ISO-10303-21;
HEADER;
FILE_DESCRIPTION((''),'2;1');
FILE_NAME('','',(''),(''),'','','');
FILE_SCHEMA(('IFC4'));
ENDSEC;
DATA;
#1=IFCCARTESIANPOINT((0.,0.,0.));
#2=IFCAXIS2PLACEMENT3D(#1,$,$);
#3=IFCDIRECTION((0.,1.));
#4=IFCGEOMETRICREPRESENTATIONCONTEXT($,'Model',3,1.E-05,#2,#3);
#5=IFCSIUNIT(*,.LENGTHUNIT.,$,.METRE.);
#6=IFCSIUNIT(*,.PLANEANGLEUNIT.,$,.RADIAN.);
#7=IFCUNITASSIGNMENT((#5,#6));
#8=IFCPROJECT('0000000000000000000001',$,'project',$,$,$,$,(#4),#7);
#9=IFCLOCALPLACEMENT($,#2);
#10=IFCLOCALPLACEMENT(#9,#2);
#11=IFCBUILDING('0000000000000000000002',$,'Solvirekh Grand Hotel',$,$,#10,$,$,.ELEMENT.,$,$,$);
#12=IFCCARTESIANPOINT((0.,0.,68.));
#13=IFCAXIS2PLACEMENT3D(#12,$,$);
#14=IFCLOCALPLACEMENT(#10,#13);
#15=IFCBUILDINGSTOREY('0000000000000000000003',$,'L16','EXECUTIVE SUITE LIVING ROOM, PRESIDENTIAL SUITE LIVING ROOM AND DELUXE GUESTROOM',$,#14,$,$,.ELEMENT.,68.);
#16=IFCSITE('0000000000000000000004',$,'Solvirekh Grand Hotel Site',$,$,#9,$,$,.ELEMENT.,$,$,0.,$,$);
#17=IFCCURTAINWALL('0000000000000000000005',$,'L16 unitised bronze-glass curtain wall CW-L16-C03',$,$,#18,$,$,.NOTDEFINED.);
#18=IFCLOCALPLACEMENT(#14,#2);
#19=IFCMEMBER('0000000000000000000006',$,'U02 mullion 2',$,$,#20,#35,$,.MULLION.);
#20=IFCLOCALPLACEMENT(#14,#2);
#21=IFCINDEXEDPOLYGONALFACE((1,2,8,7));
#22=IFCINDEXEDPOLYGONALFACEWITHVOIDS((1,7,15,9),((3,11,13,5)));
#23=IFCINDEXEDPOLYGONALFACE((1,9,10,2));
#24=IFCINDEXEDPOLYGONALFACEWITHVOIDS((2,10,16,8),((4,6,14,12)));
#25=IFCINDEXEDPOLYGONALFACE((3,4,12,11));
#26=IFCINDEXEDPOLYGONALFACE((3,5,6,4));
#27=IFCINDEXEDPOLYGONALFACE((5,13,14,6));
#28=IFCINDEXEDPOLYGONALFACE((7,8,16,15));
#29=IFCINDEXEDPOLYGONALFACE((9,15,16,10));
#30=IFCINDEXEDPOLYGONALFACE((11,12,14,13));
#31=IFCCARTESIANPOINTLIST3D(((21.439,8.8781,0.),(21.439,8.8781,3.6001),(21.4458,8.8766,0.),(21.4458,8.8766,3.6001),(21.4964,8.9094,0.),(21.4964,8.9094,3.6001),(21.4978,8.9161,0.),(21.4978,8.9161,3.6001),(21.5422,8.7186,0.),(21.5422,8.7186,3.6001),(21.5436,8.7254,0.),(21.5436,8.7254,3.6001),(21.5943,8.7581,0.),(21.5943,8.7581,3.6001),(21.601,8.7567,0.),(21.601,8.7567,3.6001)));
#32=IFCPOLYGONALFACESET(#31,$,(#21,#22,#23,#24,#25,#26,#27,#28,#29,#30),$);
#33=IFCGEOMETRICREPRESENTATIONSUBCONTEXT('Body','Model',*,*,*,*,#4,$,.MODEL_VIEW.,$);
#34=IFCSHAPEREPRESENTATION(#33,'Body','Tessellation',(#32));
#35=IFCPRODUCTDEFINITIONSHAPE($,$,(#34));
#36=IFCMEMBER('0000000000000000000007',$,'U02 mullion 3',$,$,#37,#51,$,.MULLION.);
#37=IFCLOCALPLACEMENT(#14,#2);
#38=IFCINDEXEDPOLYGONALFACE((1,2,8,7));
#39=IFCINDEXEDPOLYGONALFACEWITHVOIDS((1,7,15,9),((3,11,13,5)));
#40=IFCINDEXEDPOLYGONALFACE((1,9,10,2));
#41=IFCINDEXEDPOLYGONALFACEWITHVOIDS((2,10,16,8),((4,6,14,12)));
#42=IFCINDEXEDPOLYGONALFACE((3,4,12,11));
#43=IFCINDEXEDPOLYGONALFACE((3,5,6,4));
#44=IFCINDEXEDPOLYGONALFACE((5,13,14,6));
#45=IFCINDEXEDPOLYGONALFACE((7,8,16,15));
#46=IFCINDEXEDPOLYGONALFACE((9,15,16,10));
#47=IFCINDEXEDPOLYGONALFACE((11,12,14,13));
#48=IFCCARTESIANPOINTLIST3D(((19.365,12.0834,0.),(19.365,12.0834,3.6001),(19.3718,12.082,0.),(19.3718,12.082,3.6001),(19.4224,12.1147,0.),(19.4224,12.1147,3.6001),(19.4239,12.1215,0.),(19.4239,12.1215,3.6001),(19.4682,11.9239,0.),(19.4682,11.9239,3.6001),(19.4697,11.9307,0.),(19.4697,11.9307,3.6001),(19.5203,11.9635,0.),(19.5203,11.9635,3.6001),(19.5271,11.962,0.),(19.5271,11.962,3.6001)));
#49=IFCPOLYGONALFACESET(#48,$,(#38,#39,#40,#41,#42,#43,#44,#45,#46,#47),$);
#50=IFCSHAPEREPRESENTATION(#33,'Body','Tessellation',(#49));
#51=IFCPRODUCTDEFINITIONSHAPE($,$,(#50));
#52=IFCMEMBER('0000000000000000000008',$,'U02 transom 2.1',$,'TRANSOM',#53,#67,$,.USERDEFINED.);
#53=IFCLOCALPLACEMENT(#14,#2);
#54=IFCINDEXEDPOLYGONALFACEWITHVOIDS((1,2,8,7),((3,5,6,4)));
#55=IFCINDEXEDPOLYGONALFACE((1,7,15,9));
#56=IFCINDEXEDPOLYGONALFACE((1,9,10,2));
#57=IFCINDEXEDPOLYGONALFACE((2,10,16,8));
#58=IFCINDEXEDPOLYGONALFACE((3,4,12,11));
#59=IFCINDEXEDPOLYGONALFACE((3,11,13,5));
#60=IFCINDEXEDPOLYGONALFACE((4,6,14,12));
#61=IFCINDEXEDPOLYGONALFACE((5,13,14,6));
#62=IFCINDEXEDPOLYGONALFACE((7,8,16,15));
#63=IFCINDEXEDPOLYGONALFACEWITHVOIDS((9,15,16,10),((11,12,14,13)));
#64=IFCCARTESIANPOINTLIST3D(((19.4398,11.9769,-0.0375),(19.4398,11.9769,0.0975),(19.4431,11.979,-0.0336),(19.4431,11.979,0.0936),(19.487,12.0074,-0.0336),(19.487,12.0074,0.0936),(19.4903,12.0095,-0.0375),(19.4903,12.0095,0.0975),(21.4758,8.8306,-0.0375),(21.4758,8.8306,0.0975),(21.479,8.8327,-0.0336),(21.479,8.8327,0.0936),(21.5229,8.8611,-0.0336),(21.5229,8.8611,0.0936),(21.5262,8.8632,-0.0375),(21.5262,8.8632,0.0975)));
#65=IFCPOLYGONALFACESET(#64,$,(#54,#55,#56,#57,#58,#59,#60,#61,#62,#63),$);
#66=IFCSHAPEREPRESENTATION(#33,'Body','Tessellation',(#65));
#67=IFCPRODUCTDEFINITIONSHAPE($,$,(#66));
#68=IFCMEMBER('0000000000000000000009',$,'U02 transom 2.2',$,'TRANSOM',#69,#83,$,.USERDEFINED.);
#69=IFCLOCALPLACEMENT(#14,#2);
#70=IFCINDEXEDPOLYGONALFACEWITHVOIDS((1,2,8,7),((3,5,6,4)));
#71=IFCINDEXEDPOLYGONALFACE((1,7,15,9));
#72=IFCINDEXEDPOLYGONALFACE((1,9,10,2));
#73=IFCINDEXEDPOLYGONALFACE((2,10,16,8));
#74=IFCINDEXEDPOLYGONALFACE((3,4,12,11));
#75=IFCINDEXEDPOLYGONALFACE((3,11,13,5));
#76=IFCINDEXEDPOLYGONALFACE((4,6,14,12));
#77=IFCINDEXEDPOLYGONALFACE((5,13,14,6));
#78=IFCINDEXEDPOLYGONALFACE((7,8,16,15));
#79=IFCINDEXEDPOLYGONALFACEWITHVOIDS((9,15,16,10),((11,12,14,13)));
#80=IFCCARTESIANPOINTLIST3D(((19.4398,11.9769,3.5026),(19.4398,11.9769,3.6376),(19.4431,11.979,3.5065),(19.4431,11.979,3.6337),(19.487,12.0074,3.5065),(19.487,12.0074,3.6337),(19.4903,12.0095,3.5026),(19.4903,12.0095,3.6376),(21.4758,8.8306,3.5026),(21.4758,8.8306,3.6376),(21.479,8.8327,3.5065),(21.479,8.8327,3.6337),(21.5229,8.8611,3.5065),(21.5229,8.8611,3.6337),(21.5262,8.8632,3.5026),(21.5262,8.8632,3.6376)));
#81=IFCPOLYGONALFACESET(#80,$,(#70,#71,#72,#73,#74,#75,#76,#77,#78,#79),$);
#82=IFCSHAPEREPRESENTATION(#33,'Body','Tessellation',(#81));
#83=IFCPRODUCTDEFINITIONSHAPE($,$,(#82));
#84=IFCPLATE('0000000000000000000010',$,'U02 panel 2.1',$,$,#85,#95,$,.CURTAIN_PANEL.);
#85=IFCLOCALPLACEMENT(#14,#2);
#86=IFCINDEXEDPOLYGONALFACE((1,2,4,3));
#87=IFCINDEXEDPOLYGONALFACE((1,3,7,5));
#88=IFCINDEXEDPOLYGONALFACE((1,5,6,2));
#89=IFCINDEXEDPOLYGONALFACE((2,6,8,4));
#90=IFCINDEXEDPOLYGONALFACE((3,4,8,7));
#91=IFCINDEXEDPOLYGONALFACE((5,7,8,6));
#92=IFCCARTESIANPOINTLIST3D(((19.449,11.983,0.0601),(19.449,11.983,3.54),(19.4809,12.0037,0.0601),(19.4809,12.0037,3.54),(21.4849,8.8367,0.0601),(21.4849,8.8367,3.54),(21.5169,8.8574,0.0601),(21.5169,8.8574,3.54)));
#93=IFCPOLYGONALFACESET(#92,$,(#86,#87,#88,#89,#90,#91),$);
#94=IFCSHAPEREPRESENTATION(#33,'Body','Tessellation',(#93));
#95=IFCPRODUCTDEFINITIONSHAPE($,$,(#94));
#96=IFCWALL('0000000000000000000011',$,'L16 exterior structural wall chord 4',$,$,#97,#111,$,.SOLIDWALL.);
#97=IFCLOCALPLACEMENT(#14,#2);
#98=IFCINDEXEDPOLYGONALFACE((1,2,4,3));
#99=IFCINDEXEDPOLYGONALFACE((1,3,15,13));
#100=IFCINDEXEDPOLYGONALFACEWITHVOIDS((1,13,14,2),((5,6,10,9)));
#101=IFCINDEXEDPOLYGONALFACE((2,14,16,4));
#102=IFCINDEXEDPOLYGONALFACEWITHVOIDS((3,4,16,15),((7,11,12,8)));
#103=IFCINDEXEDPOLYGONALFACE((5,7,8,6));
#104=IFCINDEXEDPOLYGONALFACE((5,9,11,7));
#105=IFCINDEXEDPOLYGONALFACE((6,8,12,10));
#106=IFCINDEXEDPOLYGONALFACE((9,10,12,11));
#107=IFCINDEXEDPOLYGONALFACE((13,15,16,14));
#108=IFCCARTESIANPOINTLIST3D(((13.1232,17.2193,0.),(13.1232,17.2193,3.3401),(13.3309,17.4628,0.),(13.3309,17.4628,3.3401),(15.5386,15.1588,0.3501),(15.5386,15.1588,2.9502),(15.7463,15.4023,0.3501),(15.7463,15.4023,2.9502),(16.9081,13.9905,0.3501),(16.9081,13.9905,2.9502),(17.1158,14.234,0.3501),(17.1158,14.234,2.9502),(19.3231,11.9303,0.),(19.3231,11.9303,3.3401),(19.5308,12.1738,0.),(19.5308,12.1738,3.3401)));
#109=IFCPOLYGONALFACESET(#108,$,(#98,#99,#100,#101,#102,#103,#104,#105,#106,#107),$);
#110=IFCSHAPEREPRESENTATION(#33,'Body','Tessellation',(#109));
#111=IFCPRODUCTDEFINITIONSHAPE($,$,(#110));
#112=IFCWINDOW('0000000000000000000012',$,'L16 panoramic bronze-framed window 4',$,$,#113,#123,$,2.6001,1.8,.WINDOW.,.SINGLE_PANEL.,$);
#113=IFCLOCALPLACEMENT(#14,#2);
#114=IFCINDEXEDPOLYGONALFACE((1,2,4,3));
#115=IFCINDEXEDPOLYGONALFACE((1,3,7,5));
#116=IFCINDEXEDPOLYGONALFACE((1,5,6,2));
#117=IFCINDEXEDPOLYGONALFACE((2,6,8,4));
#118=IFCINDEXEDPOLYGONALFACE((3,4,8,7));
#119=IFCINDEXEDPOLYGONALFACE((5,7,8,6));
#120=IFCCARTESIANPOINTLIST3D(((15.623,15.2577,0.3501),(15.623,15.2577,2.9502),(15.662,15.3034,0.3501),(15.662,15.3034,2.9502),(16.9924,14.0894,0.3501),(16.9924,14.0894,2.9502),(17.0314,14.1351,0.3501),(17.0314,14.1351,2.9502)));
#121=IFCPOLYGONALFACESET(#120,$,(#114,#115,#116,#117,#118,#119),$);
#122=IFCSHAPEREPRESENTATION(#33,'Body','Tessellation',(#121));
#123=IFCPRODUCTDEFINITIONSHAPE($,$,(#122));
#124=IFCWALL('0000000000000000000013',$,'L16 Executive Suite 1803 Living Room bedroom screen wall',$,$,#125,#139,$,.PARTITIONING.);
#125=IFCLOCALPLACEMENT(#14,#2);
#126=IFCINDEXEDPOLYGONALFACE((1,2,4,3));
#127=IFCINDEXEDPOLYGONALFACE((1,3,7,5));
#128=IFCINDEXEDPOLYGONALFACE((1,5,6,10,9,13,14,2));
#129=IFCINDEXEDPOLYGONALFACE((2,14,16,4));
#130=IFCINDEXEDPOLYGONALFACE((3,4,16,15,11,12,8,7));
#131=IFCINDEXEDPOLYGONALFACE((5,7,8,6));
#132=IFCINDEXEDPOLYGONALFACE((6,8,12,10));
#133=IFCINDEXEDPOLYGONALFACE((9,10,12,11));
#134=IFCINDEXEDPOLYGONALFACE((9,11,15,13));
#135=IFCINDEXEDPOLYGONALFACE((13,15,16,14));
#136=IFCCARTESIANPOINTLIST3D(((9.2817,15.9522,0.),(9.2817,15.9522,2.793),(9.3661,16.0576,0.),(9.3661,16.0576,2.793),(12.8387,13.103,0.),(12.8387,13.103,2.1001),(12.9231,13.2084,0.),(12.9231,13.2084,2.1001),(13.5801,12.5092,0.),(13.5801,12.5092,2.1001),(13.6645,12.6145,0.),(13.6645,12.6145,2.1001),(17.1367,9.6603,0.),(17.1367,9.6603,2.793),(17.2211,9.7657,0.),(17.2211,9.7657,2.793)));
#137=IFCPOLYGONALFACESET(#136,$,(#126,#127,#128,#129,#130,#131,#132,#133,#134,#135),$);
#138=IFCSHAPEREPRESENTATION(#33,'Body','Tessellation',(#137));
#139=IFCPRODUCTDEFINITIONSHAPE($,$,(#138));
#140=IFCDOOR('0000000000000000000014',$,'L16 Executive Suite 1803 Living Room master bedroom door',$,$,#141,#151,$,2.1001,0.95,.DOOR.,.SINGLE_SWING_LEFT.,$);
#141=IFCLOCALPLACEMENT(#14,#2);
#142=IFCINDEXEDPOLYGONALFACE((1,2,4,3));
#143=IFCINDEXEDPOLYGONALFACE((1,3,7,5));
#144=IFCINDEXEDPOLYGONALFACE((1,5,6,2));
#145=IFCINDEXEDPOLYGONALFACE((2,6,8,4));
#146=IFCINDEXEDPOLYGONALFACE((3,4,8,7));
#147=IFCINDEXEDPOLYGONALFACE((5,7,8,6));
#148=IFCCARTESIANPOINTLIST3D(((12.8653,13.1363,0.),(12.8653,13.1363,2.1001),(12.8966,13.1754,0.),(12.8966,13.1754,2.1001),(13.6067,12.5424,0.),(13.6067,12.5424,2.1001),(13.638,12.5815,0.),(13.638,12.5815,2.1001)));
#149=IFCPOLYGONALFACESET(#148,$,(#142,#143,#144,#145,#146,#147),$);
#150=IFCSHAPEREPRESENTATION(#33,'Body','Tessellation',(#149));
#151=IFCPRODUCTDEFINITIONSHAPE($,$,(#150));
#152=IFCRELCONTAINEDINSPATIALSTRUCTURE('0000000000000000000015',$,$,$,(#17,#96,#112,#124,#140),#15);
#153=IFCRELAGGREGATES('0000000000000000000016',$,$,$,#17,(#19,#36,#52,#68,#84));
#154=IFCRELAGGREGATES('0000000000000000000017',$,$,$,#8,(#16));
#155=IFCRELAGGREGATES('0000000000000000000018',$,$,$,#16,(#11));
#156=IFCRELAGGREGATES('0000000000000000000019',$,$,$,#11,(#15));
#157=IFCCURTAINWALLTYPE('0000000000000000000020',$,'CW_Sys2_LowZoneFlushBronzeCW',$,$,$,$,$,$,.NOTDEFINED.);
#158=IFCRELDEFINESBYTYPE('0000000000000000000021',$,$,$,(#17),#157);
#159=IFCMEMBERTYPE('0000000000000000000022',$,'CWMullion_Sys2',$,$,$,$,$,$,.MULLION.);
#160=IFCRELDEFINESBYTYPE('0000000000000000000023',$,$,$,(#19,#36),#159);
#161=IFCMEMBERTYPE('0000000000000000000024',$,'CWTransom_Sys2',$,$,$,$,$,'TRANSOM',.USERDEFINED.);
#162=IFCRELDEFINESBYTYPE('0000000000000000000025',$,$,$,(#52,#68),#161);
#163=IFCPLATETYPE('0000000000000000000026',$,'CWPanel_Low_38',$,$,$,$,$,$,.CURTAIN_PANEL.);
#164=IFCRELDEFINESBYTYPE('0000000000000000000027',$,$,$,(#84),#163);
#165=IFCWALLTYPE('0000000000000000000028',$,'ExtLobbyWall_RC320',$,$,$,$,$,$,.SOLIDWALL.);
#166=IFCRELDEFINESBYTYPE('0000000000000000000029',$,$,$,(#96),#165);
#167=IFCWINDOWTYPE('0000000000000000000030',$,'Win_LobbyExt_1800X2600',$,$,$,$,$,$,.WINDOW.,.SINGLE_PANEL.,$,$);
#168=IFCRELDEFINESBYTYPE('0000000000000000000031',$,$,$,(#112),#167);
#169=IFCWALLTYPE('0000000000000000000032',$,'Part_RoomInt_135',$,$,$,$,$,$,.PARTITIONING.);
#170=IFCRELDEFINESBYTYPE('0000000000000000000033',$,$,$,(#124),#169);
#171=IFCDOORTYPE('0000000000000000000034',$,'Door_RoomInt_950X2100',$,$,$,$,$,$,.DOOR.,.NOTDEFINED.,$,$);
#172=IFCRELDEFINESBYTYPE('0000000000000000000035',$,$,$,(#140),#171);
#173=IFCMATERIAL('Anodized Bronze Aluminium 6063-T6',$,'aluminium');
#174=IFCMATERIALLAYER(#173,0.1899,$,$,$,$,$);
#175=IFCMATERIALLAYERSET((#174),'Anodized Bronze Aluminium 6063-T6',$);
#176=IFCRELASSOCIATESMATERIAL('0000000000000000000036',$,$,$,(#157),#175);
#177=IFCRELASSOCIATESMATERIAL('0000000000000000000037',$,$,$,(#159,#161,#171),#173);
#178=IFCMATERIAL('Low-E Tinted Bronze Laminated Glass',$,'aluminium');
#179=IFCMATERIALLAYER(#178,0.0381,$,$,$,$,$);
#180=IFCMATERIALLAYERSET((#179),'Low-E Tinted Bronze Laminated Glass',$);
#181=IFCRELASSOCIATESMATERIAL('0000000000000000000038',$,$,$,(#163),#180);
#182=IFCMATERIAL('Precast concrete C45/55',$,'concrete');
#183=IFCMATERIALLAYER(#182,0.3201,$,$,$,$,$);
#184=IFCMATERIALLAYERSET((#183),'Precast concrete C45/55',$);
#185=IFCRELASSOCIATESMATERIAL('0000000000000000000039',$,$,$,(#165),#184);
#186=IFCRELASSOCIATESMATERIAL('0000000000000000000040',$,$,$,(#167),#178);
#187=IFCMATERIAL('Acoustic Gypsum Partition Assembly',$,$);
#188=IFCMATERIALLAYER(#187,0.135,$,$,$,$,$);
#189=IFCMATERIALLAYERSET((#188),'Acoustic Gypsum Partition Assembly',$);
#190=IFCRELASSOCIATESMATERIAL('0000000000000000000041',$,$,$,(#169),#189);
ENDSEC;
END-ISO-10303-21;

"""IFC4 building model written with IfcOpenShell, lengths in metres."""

from ifc_helpers import new_model, si_unit, direction, frame, frame_2d, origin, origin_2d, place, context, subcontext, project, spatial, rectangle, hollow_rectangle, extrude, source, transform, mapped, material, layer, layer_set, material_profile, profile_set, type_object, element, fill, aggregate, save


model = new_model("IFC4")

# Units and contexts
model_context = context("Model", 3, precision=1e-05, world=origin(), true_north=direction((0.0, 1.0)))
body_context = subcontext(model_context, "Body", "Model", "MODEL_VIEW")
ifc_project = project(units=[si_unit("LENGTHUNIT", "METRE"), si_unit("PLANEANGLEUNIT", "RADIAN")], contexts=[model_context])

# Site, building, storey
site_placement = place(None, origin())
site = spatial("IfcSite", under=ifc_project, at=site_placement, Name="Solvirekh Grand Hotel Site", CompositionType="ELEMENT", RefElevation=0.0)
building_placement = place(site_placement, origin())
building = spatial("IfcBuilding", under=site, at=building_placement, Name="Solvirekh Grand Hotel", CompositionType="ELEMENT")
storey_placement = place(building_placement, frame((0.0, 0.0, 68.0)))
storey = spatial("IfcBuildingStorey", under=building, at=storey_placement, Name="L16", Description="EXECUTIVE SUITE LIVING ROOM, PRESIDENTIAL SUITE LIVING ROOM AND DELUXE GUESTROOM", CompositionType="ELEMENT", Elevation=68.0)

# Curtain wall, members, plate
ifc_material_1 = material(Name="Anodized Bronze Aluminium 6063-T6", Category="aluminium")
ifc_layer_1 = layer(ifc_material_1, 0.1899)
ifc_layer_set_1 = layer_set([ifc_layer_1], Name="Anodized Bronze Aluminium 6063-T6")
curtain_wall_type = type_object("IfcCurtainWallType", Name="CW_Sys2_LowZoneFlushBronzeCW", PredefinedType="NOTDEFINED", material=ifc_layer_set_1)
curtain_wall_placement = place(storey_placement, origin())
curtain_wall = element("IfcCurtainWall", 1, at=curtain_wall_placement, inside=storey, type_object=curtain_wall_type, Name="L16 unitised bronze-glass curtain wall CW-L16-C03", PredefinedType="NOTDEFINED")
ifc_material_profile_1 = material_profile(ifc_material_1, hollow_rectangle(XDim=0.0701, YDim=0.1899, WallThickness=0.0049, at=origin_2d()), Name="ALU RHS 190X70X5")
ifc_profile_set_1 = profile_set([ifc_material_profile_1], Name="Anodized Bronze Aluminium 6063-T6")
member_type_1 = type_object("IfcMemberType", Name="CWMullion_Sys2", PredefinedType="MULLION", material=ifc_profile_set_1)
shared_shape_1 = source(origin(), body_context, "Body", "SweptSolid", [
    extrude(hollow_rectangle(XDim=0.0701, YDim=0.1899, WallThickness=0.0049, at=origin_2d()), origin(), (0.0, 0.0, 1.0), 3.6001),
])
member_1_placement = place(storey_placement, frame((21.52, 8.8174, 0.0), z_axis=(0.0, 0.0, 1.0), x_axis=(-0.83956, -0.543267, 0.0)))
member_1 = element("IfcMember", 2, at=member_1_placement, type_object=member_type_1, Name="U02 mullion 2", PredefinedType="MULLION", context=body_context, shape_type="MappedRepresentation", body=[
    mapped(shared_shape_1, transform((0.0, 0.0, 0.0), x_axis=(1.0, 0.0, 0.0), y_axis=(0.0, 1.0, 0.0), z_axis=(0.0, 0.0, 1.0), scale=1.0)),
])
member_2_placement = place(storey_placement, frame((19.446, 12.0227, 0.0), z_axis=(0.0, 0.0, 1.0), x_axis=(-0.83956, -0.543267, 0.0)))
member_2 = element("IfcMember", 3, at=member_2_placement, type_object=member_type_1, Name="U02 mullion 3", PredefinedType="MULLION", context=body_context, shape_type="MappedRepresentation", body=[
    mapped(shared_shape_1, transform((0.0, 0.0, 0.0), x_axis=(1.0, 0.0, 0.0), y_axis=(0.0, 1.0, 0.0), z_axis=(0.0, 0.0, 1.0), scale=1.0)),
])
ifc_material_profile_2 = material_profile(ifc_material_1, hollow_rectangle(XDim=0.0601, YDim=0.135, WallThickness=0.0039, at=origin_2d()), Name="ALU RHS 135X60X4")
ifc_profile_set_2 = profile_set([ifc_material_profile_2], Name="Anodized Bronze Aluminium 6063-T6")
member_type_2 = type_object("IfcMemberType", Name="CWTransom_Sys2", ElementType="TRANSOM", PredefinedType="USERDEFINED", material=ifc_profile_set_2)
shared_shape_2 = source(origin(), body_context, "Body", "SweptSolid", [
    extrude(hollow_rectangle(XDim=0.0601, YDim=0.135, WallThickness=0.0039, at=origin_2d()), origin(), (0.0, 0.0, 1.0), 3.7476),
])
member_3_placement = place(storey_placement, frame((21.501, 8.8469, 0.03), z_axis=(-0.543267, 0.83956, 0.0), x_axis=(-0.83956, -0.543267, 0.0)))
member_3 = element("IfcMember", 4, at=member_3_placement, type_object=member_type_2, Name="U02 transom 2.1", ObjectType="TRANSOM", PredefinedType="USERDEFINED", context=body_context, shape_type="MappedRepresentation", body=[
    mapped(shared_shape_2, transform((0.0, 0.0, 0.0), x_axis=(1.0, 0.0, 0.0), y_axis=(0.0, 1.0, 0.0), z_axis=(0.0, 0.0, 1.0), scale=1.0)),
])
member_4_placement = place(storey_placement, frame((21.501, 8.8469, 3.5701), z_axis=(-0.543267, 0.83956, 0.0), x_axis=(-0.83956, -0.543267, 0.0)))
member_4 = element("IfcMember", 5, at=member_4_placement, type_object=member_type_2, Name="U02 transom 2.2", ObjectType="TRANSOM", PredefinedType="USERDEFINED", context=body_context, shape_type="MappedRepresentation", body=[
    mapped(shared_shape_2, transform((0.0, 0.0, 0.0), x_axis=(1.0, 0.0, 0.0), y_axis=(0.0, 1.0, 0.0), z_axis=(0.0, 0.0, 1.0), scale=1.0)),
])
ifc_material_2 = material(Name="Low-E Tinted Bronze Laminated Glass", Category="aluminium")
ifc_layer_2 = layer(ifc_material_2, 0.0381)
ifc_layer_set_2 = layer_set([ifc_layer_2], Name="Low-E Tinted Bronze Laminated Glass")
plate_type = type_object("IfcPlateType", Name="CWPanel_Low_38", PredefinedType="CURTAIN_PANEL", material=ifc_layer_set_2)
shared_shape_3 = source(origin(), body_context, "Body", "SweptSolid", [
    extrude(rectangle(XDim=3.7476, YDim=0.0381, at=origin_2d()), origin(), (0.0, 0.0, 1.0), 3.48),
])
plate_placement = place(storey_placement, frame((20.4829, 10.4202, 0.0601), z_axis=(0.0, 0.0, 1.0), x_axis=(-0.543267, 0.83956, 0.0)))
plate = element("IfcPlate", 6, at=plate_placement, type_object=plate_type, Name="U02 panel 2.1", PredefinedType="CURTAIN_PANEL", context=body_context, shape_type="MappedRepresentation", body=[
    mapped(shared_shape_3, transform((0.0, 0.0, 0.0), x_axis=(1.0, 0.0, 0.0), y_axis=(0.0, 1.0, 0.0), z_axis=(0.0, 0.0, 1.0), scale=1.0)),
])
aggregate(curtain_wall, [member_1, member_2, member_3, member_4, plate])

# Wall, opening, window
ifc_material_3 = material(Name="Precast concrete C45/55", Category="concrete")
ifc_layer_3 = layer(ifc_material_3, 0.3201)
ifc_layer_set_3 = layer_set([ifc_layer_3], Name="Precast concrete C45/55")
wall_type_1 = type_object("IfcWallType", Name="ExtLobbyWall_RC320", PredefinedType="SOLIDWALL", material=ifc_layer_set_3)
wall_1_placement = place(storey_placement, frame((13.2271, 17.3411, 0.0), z_axis=(0.0, 0.0, 1.0), x_axis=(0.760781, -0.649008, 0.0)))
wall_1 = element("IfcWall", 7, at=wall_1_placement, inside=storey, type_object=wall_type_1, Name="L16 exterior structural wall chord 4", PredefinedType="SOLIDWALL", context=body_context, shape_type="SweptSolid", body=[
    extrude(rectangle(XDim=8.1494, YDim=0.3201, at=frame_2d((4.0747, 0.0))), origin(), (0.0, 0.0, 1.0), 3.3401),
])
opening_1_placement = place(wall_1_placement, frame((3.175, 0.0, 0.3501)))
opening_1 = element("IfcOpeningElement", 8, at=opening_1_placement, cuts=wall_1, PredefinedType="OPENING", context=body_context, shape_type="SweptSolid", body=[
    extrude(rectangle(XDim=1.8, YDim=2.6001, at=frame_2d((0.8999, 1.3))), frame((0.0, 0.1699, 0.0), z_axis=(0.0, -1.0, 0.0), x_axis=(1.0, 0.0, 0.0)), (0.0, 0.0, 1.0), 0.3401),
])
window_type = type_object("IfcWindowType", Name="Win_LobbyExt_1800X2600", PartitioningType="SINGLE_PANEL", PredefinedType="WINDOW", material=ifc_material_2)
window_placement = place(opening_1_placement, origin())
window = element("IfcWindow", 9, at=window_placement, inside=storey, type_object=window_type, Name="L16 panoramic bronze-framed window 4", OverallHeight=2.6001, OverallWidth=1.8, PartitioningType="SINGLE_PANEL", PredefinedType="WINDOW", context=body_context, shape_type="SweptSolid", body=[
    extrude(rectangle(XDim=1.8, YDim=2.6001, at=frame_2d((0.8999, 1.3))), frame((0.0, 0.03, 0.0), z_axis=(0.0, -1.0, 0.0), x_axis=(1.0, 0.0, 0.0)), (0.0, 0.0, 1.0), 0.0601),
])
fill(opening_1, window)

# Wall, opening, door
ifc_material_4 = material(Name="Acoustic Gypsum Partition Assembly")
ifc_layer_4 = layer(ifc_material_4, 0.135)
ifc_layer_set_4 = layer_set([ifc_layer_4], Name="Acoustic Gypsum Partition Assembly")
wall_type_2 = type_object("IfcWallType", Name="Part_RoomInt_135", PredefinedType="PARTITIONING", material=ifc_layer_set_4)
wall_2_placement = place(storey_placement, frame((17.179, 9.7129, 0.0), z_axis=(0.0, 0.0, 1.0), x_axis=(-0.780481, 0.62518, 0.0)))
wall_2 = element("IfcWall", 10, at=wall_2_placement, inside=storey, type_object=wall_type_2, Name="L16 Executive Suite 1803 Living Room bedroom screen wall", PredefinedType="PARTITIONING", context=body_context, shape_type="SweptSolid", body=[
    extrude(rectangle(XDim=10.0642, YDim=0.135, at=frame_2d((5.0322, 0.0))), origin(), (0.0, 0.0, 1.0), 2.793),
])
opening_2_placement = place(wall_2_placement, frame((4.5569, 0.0, 0.0)))
opening_2 = element("IfcOpeningElement", 11, at=opening_2_placement, cuts=wall_2, PredefinedType="OPENING", context=body_context, shape_type="SweptSolid", body=[
    extrude(rectangle(XDim=0.95, YDim=2.1001, at=frame_2d((0.4751, 1.05))), frame((0.0, 0.0776, 0.0), z_axis=(0.0, -1.0, 0.0), x_axis=(1.0, 0.0, 0.0)), (0.0, 0.0, 1.0), 0.155),
])
door_type = type_object("IfcDoorType", Name="Door_RoomInt_950X2100", OperationType="NOTDEFINED", PredefinedType="DOOR", material=ifc_material_1)
door_1_placement = place(opening_2_placement, origin())
door_1 = element("IfcDoor", 12, at=door_1_placement, inside=storey, type_object=door_type, Name="L16 Executive Suite 1803 Living Room master bedroom door", OperationType="SINGLE_SWING_LEFT", OverallHeight=2.1001, OverallWidth=0.95, PredefinedType="DOOR", context=body_context, shape_type="SweptSolid", body=[
    extrude(rectangle(XDim=0.95, YDim=2.1001, at=frame_2d((0.4751, 1.05))), frame((0.0, 0.0249, 0.0), z_axis=(0.0, -1.0, 0.0), x_axis=(1.0, 0.0, 0.0)), (0.0, 0.0, 1.0), 0.05),
])
fill(opening_2, door_1)

save(model, "model.ifc")
